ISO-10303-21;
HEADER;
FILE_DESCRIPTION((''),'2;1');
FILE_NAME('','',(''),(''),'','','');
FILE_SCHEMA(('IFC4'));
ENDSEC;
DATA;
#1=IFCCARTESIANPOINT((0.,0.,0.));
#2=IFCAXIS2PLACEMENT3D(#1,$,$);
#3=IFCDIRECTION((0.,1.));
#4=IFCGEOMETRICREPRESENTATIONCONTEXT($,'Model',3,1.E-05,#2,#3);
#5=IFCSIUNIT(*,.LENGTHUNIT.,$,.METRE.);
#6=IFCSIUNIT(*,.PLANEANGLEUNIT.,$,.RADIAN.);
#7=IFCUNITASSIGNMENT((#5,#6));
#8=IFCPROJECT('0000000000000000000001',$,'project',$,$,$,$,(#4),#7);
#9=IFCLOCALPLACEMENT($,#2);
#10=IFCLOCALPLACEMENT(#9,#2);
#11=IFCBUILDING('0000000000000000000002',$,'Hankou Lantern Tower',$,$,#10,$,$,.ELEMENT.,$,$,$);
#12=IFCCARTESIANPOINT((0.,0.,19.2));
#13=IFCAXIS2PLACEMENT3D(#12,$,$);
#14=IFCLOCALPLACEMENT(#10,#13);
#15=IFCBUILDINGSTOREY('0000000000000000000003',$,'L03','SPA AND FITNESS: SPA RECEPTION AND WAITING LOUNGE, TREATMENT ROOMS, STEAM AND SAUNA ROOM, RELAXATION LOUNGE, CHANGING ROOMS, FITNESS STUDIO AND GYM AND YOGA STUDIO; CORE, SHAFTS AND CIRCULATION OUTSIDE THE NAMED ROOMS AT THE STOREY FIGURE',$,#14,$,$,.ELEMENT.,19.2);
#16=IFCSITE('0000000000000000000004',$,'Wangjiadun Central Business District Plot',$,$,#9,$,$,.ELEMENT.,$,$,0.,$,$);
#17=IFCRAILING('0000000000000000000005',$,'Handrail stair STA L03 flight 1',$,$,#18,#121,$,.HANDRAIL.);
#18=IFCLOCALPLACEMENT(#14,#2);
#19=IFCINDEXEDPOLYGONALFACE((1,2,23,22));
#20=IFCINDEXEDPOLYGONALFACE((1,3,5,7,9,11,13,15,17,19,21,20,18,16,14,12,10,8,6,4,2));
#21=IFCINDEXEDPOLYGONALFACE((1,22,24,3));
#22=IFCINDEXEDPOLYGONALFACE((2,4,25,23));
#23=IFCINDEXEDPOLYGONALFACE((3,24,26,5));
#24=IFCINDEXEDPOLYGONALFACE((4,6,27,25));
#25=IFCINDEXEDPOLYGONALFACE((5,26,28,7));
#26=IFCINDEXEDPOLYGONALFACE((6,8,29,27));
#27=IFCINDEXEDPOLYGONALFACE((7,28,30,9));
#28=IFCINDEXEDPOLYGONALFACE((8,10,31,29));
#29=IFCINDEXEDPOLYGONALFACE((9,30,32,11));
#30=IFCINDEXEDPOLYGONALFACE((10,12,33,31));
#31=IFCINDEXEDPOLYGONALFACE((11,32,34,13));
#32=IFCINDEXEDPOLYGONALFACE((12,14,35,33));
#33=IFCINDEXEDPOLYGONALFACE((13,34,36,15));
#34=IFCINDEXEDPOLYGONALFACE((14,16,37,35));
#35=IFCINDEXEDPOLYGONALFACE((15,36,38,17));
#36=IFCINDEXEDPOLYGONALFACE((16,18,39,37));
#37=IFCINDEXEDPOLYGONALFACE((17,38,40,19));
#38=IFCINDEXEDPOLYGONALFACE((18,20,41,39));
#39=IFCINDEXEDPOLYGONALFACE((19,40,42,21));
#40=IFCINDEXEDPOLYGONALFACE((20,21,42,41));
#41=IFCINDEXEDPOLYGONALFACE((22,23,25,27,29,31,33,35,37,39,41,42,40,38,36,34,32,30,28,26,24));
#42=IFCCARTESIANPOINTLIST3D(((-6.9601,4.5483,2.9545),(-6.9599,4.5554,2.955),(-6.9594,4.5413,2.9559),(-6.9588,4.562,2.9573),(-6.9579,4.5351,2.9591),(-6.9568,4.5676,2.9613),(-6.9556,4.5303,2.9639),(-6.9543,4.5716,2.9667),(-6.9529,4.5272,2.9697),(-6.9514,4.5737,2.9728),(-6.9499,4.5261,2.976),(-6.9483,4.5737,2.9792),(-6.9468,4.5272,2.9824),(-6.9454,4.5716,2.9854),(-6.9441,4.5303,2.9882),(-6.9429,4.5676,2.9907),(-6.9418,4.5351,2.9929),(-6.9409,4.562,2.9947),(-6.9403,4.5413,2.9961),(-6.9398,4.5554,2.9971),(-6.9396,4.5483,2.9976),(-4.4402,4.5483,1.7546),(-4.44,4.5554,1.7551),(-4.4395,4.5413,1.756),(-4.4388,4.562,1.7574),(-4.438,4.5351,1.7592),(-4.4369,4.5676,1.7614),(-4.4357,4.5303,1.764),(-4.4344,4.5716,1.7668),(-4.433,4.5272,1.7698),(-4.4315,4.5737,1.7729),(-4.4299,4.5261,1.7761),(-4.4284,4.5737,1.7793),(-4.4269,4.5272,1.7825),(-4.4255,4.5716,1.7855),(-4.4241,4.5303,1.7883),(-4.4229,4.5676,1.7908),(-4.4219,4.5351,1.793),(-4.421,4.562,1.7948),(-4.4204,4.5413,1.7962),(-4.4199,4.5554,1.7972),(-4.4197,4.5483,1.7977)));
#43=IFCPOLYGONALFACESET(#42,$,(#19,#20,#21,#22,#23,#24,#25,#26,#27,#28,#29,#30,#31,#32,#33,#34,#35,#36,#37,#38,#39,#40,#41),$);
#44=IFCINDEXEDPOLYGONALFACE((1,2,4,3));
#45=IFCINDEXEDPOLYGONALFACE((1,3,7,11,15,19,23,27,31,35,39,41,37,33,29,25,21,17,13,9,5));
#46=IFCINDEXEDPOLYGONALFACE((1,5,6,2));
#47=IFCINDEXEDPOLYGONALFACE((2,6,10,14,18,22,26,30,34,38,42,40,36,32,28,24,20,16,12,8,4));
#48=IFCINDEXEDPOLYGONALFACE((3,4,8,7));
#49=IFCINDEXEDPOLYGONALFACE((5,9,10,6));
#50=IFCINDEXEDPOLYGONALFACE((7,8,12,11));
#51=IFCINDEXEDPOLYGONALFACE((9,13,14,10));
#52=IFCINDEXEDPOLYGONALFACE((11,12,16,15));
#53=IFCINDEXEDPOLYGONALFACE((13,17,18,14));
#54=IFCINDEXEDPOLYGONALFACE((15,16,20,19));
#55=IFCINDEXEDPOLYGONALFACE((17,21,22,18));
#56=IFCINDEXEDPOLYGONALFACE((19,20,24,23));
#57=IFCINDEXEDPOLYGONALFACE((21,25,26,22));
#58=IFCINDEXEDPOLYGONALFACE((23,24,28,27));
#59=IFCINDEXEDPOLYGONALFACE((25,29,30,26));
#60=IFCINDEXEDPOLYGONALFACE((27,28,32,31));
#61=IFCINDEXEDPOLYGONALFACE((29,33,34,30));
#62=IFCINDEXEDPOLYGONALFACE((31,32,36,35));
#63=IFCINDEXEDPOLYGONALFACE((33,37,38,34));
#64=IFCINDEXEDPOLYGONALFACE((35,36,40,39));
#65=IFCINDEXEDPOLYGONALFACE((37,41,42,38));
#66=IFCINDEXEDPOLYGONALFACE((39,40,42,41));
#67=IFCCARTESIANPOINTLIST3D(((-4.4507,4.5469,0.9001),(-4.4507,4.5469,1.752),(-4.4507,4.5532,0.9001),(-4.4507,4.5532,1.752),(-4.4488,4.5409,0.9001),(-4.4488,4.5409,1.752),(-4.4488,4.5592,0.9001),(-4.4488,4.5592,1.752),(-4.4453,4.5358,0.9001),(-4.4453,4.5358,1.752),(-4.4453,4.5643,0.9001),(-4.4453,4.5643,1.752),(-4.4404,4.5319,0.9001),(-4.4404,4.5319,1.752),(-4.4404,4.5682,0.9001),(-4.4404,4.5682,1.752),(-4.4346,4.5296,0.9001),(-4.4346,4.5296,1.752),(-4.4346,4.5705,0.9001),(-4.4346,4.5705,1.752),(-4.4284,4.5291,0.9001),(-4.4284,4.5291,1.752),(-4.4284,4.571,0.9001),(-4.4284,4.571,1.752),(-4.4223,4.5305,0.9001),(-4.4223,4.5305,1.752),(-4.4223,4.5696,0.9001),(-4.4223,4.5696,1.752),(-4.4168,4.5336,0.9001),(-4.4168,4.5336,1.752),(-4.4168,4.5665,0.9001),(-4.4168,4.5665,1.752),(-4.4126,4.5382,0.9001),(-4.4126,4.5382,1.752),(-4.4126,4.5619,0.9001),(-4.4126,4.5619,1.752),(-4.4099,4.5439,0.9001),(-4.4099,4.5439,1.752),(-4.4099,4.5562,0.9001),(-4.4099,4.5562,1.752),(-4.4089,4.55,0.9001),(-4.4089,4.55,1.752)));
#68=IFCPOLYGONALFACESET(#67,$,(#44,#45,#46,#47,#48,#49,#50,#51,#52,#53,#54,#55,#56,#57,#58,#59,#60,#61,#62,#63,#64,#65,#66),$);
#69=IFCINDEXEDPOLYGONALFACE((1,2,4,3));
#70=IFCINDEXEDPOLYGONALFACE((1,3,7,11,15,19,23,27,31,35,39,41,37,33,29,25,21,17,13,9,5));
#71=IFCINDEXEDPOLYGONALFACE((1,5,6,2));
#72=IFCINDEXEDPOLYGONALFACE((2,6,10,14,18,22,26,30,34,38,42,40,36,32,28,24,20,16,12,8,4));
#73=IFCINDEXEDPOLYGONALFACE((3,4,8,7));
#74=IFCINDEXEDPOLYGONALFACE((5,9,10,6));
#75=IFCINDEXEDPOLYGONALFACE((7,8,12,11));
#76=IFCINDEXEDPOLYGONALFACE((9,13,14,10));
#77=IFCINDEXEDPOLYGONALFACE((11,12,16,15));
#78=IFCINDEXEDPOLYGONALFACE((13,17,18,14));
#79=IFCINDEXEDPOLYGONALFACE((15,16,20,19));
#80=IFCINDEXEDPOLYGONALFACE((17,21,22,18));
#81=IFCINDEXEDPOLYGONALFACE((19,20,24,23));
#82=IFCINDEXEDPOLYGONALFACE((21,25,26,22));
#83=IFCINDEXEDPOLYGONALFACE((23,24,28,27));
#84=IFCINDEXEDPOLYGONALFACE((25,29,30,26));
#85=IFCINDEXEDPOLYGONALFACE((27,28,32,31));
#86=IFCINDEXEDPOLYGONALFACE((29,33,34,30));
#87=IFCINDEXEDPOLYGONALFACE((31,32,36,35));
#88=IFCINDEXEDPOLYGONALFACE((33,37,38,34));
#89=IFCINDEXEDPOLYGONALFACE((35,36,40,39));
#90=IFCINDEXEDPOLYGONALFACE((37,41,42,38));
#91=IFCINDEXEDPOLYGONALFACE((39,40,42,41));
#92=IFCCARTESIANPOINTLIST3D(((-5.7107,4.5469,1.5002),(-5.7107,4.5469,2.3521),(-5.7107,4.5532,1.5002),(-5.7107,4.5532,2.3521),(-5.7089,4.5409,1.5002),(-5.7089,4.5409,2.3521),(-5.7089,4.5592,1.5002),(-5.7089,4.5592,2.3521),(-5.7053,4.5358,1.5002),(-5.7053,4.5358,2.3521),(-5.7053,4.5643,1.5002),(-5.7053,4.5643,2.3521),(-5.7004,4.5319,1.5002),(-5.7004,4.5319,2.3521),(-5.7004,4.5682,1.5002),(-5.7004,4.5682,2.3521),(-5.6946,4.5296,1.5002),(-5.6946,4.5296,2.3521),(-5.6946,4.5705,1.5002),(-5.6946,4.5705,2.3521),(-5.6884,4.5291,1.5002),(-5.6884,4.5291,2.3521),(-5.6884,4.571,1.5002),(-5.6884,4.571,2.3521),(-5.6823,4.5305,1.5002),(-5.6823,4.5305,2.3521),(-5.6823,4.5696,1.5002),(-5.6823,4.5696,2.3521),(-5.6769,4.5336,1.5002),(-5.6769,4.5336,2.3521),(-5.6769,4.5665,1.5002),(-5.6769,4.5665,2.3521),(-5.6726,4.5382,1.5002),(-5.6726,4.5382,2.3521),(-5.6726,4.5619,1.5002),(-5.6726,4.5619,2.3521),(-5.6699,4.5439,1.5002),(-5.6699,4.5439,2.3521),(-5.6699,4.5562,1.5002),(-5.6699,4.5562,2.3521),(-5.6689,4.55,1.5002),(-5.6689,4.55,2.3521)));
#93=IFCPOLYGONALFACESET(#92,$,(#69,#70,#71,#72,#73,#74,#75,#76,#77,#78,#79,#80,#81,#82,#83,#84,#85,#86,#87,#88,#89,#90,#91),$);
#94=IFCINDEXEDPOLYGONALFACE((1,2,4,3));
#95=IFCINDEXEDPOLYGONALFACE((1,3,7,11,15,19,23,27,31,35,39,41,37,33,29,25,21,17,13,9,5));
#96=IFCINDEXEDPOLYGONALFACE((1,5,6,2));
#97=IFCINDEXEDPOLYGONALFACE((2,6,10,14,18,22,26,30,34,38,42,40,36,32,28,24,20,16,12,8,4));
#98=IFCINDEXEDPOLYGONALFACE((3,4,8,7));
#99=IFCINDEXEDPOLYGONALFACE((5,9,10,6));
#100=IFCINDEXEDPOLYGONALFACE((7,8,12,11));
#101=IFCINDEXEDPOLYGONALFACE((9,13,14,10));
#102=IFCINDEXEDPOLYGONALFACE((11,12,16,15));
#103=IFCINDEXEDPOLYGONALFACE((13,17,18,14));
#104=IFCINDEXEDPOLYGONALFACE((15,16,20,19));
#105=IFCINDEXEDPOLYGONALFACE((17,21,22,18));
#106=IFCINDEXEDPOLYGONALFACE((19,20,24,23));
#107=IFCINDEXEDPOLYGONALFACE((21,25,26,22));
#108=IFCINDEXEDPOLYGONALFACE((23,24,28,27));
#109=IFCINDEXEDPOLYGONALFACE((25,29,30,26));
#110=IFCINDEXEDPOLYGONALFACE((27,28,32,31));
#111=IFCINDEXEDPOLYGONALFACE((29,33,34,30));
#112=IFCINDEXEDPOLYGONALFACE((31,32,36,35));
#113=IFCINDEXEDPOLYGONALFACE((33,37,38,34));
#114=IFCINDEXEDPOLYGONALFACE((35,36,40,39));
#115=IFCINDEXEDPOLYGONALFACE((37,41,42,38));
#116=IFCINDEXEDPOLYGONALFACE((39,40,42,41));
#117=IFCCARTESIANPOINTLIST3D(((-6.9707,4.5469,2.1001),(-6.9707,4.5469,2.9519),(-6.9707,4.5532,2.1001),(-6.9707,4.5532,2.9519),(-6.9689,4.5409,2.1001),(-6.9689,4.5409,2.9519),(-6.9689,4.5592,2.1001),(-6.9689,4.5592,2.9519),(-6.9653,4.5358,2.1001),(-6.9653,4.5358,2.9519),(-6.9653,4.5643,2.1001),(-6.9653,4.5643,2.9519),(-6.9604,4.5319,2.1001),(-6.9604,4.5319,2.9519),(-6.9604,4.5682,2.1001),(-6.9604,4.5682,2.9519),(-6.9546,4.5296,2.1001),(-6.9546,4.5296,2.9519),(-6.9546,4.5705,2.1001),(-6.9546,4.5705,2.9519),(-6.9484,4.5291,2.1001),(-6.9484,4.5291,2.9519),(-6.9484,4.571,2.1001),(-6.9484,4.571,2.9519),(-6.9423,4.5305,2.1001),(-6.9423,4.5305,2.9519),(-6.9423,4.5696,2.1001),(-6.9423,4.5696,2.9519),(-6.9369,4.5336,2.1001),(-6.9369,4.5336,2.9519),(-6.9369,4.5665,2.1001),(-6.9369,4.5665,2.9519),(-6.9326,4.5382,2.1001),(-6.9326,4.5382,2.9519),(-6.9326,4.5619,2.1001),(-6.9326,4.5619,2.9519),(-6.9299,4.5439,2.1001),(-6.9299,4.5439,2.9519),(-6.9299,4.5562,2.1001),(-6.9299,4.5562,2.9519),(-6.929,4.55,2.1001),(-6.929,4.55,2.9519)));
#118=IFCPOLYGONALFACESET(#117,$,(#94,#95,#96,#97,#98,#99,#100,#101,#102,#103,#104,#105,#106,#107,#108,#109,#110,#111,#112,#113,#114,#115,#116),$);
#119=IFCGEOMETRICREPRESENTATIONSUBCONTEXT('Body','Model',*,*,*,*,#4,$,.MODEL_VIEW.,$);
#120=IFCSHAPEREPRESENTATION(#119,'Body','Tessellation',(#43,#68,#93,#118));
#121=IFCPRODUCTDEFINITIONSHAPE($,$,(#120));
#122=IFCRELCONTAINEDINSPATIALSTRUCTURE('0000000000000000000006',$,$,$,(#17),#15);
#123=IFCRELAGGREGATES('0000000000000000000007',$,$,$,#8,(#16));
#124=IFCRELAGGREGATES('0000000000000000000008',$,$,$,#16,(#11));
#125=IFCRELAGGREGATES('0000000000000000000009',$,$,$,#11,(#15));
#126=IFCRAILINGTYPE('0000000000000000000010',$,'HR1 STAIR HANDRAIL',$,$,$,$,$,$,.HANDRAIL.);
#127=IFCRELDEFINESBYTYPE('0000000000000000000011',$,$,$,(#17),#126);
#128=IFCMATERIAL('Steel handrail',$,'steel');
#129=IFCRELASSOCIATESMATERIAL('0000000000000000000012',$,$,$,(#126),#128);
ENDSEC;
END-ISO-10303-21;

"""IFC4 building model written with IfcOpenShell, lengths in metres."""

from ifc_helpers import new_model, si_unit, direction, frame, origin, origin_2d, place, context, subcontext, project, spatial, circle, extrude, material, type_object, element, save


model = new_model("IFC4")

# Units and contexts
model_context = context("Model", 3, precision=1e-05, world=origin(), true_north=direction((0.0, 1.0)))
body_context = subcontext(model_context, "Body", "Model", "MODEL_VIEW")
ifc_project = project(units=[si_unit("LENGTHUNIT", "METRE"), si_unit("PLANEANGLEUNIT", "RADIAN")], contexts=[model_context])

# Site, building, storey
site_placement = place(None, origin())
site = spatial("IfcSite", under=ifc_project, at=site_placement, Name="Wangjiadun Central Business District Plot", CompositionType="ELEMENT", RefElevation=0.0)
building_placement = place(site_placement, origin())
building = spatial("IfcBuilding", under=site, at=building_placement, Name="Hankou Lantern Tower", CompositionType="ELEMENT")
storey_placement = place(building_placement, frame((0.0, 0.0, 19.2)))
storey = spatial("IfcBuildingStorey", under=building, at=storey_placement, Name="L03", Description="SPA AND FITNESS: SPA RECEPTION AND WAITING LOUNGE, TREATMENT ROOMS, STEAM AND SAUNA ROOM, RELAXATION LOUNGE, CHANGING ROOMS, FITNESS STUDIO AND GYM AND YOGA STUDIO; CORE, SHAFTS AND CIRCULATION OUTSIDE THE NAMED ROOMS AT THE STOREY FIGURE", CompositionType="ELEMENT", Elevation=19.2)

# Railing
ifc_material_1 = material(Name="Steel handrail", Category="steel")
railing_type = type_object("IfcRailingType", Name="HR1 STAIR HANDRAIL", PredefinedType="HANDRAIL", material=ifc_material_1)
railing_1_placement = place(storey_placement, frame((-4.4299, 4.55, 0.9001)))
element("IfcRailing", 1, at=railing_1_placement, inside=storey, type_object=railing_type, Name="Handrail stair STA L03 flight 1", PredefinedType="HANDRAIL", context=body_context, shape_type="SweptSolid", body=[
    extrude(circle(Radius=0.0239, at=origin_2d()), frame((0.0, 0.0, 0.876), z_axis=(-0.902869, 0.0, 0.429917), x_axis=(0.0, -1.0, 0.0)), (0.0, 0.0, 1.0), 2.791),
    extrude(circle(Radius=0.021, at=origin_2d()), origin(), (0.0, 0.0, 1.0), 0.8518),
    extrude(circle(Radius=0.021, at=origin_2d()), frame((-1.26, 0.0, 0.6001)), (0.0, 0.0, 1.0), 0.8518),
    extrude(circle(Radius=0.021, at=origin_2d()), frame((-2.52, 0.0, 1.2)), (0.0, 0.0, 1.0), 0.8518),
])

save(model, "model.ifc")
